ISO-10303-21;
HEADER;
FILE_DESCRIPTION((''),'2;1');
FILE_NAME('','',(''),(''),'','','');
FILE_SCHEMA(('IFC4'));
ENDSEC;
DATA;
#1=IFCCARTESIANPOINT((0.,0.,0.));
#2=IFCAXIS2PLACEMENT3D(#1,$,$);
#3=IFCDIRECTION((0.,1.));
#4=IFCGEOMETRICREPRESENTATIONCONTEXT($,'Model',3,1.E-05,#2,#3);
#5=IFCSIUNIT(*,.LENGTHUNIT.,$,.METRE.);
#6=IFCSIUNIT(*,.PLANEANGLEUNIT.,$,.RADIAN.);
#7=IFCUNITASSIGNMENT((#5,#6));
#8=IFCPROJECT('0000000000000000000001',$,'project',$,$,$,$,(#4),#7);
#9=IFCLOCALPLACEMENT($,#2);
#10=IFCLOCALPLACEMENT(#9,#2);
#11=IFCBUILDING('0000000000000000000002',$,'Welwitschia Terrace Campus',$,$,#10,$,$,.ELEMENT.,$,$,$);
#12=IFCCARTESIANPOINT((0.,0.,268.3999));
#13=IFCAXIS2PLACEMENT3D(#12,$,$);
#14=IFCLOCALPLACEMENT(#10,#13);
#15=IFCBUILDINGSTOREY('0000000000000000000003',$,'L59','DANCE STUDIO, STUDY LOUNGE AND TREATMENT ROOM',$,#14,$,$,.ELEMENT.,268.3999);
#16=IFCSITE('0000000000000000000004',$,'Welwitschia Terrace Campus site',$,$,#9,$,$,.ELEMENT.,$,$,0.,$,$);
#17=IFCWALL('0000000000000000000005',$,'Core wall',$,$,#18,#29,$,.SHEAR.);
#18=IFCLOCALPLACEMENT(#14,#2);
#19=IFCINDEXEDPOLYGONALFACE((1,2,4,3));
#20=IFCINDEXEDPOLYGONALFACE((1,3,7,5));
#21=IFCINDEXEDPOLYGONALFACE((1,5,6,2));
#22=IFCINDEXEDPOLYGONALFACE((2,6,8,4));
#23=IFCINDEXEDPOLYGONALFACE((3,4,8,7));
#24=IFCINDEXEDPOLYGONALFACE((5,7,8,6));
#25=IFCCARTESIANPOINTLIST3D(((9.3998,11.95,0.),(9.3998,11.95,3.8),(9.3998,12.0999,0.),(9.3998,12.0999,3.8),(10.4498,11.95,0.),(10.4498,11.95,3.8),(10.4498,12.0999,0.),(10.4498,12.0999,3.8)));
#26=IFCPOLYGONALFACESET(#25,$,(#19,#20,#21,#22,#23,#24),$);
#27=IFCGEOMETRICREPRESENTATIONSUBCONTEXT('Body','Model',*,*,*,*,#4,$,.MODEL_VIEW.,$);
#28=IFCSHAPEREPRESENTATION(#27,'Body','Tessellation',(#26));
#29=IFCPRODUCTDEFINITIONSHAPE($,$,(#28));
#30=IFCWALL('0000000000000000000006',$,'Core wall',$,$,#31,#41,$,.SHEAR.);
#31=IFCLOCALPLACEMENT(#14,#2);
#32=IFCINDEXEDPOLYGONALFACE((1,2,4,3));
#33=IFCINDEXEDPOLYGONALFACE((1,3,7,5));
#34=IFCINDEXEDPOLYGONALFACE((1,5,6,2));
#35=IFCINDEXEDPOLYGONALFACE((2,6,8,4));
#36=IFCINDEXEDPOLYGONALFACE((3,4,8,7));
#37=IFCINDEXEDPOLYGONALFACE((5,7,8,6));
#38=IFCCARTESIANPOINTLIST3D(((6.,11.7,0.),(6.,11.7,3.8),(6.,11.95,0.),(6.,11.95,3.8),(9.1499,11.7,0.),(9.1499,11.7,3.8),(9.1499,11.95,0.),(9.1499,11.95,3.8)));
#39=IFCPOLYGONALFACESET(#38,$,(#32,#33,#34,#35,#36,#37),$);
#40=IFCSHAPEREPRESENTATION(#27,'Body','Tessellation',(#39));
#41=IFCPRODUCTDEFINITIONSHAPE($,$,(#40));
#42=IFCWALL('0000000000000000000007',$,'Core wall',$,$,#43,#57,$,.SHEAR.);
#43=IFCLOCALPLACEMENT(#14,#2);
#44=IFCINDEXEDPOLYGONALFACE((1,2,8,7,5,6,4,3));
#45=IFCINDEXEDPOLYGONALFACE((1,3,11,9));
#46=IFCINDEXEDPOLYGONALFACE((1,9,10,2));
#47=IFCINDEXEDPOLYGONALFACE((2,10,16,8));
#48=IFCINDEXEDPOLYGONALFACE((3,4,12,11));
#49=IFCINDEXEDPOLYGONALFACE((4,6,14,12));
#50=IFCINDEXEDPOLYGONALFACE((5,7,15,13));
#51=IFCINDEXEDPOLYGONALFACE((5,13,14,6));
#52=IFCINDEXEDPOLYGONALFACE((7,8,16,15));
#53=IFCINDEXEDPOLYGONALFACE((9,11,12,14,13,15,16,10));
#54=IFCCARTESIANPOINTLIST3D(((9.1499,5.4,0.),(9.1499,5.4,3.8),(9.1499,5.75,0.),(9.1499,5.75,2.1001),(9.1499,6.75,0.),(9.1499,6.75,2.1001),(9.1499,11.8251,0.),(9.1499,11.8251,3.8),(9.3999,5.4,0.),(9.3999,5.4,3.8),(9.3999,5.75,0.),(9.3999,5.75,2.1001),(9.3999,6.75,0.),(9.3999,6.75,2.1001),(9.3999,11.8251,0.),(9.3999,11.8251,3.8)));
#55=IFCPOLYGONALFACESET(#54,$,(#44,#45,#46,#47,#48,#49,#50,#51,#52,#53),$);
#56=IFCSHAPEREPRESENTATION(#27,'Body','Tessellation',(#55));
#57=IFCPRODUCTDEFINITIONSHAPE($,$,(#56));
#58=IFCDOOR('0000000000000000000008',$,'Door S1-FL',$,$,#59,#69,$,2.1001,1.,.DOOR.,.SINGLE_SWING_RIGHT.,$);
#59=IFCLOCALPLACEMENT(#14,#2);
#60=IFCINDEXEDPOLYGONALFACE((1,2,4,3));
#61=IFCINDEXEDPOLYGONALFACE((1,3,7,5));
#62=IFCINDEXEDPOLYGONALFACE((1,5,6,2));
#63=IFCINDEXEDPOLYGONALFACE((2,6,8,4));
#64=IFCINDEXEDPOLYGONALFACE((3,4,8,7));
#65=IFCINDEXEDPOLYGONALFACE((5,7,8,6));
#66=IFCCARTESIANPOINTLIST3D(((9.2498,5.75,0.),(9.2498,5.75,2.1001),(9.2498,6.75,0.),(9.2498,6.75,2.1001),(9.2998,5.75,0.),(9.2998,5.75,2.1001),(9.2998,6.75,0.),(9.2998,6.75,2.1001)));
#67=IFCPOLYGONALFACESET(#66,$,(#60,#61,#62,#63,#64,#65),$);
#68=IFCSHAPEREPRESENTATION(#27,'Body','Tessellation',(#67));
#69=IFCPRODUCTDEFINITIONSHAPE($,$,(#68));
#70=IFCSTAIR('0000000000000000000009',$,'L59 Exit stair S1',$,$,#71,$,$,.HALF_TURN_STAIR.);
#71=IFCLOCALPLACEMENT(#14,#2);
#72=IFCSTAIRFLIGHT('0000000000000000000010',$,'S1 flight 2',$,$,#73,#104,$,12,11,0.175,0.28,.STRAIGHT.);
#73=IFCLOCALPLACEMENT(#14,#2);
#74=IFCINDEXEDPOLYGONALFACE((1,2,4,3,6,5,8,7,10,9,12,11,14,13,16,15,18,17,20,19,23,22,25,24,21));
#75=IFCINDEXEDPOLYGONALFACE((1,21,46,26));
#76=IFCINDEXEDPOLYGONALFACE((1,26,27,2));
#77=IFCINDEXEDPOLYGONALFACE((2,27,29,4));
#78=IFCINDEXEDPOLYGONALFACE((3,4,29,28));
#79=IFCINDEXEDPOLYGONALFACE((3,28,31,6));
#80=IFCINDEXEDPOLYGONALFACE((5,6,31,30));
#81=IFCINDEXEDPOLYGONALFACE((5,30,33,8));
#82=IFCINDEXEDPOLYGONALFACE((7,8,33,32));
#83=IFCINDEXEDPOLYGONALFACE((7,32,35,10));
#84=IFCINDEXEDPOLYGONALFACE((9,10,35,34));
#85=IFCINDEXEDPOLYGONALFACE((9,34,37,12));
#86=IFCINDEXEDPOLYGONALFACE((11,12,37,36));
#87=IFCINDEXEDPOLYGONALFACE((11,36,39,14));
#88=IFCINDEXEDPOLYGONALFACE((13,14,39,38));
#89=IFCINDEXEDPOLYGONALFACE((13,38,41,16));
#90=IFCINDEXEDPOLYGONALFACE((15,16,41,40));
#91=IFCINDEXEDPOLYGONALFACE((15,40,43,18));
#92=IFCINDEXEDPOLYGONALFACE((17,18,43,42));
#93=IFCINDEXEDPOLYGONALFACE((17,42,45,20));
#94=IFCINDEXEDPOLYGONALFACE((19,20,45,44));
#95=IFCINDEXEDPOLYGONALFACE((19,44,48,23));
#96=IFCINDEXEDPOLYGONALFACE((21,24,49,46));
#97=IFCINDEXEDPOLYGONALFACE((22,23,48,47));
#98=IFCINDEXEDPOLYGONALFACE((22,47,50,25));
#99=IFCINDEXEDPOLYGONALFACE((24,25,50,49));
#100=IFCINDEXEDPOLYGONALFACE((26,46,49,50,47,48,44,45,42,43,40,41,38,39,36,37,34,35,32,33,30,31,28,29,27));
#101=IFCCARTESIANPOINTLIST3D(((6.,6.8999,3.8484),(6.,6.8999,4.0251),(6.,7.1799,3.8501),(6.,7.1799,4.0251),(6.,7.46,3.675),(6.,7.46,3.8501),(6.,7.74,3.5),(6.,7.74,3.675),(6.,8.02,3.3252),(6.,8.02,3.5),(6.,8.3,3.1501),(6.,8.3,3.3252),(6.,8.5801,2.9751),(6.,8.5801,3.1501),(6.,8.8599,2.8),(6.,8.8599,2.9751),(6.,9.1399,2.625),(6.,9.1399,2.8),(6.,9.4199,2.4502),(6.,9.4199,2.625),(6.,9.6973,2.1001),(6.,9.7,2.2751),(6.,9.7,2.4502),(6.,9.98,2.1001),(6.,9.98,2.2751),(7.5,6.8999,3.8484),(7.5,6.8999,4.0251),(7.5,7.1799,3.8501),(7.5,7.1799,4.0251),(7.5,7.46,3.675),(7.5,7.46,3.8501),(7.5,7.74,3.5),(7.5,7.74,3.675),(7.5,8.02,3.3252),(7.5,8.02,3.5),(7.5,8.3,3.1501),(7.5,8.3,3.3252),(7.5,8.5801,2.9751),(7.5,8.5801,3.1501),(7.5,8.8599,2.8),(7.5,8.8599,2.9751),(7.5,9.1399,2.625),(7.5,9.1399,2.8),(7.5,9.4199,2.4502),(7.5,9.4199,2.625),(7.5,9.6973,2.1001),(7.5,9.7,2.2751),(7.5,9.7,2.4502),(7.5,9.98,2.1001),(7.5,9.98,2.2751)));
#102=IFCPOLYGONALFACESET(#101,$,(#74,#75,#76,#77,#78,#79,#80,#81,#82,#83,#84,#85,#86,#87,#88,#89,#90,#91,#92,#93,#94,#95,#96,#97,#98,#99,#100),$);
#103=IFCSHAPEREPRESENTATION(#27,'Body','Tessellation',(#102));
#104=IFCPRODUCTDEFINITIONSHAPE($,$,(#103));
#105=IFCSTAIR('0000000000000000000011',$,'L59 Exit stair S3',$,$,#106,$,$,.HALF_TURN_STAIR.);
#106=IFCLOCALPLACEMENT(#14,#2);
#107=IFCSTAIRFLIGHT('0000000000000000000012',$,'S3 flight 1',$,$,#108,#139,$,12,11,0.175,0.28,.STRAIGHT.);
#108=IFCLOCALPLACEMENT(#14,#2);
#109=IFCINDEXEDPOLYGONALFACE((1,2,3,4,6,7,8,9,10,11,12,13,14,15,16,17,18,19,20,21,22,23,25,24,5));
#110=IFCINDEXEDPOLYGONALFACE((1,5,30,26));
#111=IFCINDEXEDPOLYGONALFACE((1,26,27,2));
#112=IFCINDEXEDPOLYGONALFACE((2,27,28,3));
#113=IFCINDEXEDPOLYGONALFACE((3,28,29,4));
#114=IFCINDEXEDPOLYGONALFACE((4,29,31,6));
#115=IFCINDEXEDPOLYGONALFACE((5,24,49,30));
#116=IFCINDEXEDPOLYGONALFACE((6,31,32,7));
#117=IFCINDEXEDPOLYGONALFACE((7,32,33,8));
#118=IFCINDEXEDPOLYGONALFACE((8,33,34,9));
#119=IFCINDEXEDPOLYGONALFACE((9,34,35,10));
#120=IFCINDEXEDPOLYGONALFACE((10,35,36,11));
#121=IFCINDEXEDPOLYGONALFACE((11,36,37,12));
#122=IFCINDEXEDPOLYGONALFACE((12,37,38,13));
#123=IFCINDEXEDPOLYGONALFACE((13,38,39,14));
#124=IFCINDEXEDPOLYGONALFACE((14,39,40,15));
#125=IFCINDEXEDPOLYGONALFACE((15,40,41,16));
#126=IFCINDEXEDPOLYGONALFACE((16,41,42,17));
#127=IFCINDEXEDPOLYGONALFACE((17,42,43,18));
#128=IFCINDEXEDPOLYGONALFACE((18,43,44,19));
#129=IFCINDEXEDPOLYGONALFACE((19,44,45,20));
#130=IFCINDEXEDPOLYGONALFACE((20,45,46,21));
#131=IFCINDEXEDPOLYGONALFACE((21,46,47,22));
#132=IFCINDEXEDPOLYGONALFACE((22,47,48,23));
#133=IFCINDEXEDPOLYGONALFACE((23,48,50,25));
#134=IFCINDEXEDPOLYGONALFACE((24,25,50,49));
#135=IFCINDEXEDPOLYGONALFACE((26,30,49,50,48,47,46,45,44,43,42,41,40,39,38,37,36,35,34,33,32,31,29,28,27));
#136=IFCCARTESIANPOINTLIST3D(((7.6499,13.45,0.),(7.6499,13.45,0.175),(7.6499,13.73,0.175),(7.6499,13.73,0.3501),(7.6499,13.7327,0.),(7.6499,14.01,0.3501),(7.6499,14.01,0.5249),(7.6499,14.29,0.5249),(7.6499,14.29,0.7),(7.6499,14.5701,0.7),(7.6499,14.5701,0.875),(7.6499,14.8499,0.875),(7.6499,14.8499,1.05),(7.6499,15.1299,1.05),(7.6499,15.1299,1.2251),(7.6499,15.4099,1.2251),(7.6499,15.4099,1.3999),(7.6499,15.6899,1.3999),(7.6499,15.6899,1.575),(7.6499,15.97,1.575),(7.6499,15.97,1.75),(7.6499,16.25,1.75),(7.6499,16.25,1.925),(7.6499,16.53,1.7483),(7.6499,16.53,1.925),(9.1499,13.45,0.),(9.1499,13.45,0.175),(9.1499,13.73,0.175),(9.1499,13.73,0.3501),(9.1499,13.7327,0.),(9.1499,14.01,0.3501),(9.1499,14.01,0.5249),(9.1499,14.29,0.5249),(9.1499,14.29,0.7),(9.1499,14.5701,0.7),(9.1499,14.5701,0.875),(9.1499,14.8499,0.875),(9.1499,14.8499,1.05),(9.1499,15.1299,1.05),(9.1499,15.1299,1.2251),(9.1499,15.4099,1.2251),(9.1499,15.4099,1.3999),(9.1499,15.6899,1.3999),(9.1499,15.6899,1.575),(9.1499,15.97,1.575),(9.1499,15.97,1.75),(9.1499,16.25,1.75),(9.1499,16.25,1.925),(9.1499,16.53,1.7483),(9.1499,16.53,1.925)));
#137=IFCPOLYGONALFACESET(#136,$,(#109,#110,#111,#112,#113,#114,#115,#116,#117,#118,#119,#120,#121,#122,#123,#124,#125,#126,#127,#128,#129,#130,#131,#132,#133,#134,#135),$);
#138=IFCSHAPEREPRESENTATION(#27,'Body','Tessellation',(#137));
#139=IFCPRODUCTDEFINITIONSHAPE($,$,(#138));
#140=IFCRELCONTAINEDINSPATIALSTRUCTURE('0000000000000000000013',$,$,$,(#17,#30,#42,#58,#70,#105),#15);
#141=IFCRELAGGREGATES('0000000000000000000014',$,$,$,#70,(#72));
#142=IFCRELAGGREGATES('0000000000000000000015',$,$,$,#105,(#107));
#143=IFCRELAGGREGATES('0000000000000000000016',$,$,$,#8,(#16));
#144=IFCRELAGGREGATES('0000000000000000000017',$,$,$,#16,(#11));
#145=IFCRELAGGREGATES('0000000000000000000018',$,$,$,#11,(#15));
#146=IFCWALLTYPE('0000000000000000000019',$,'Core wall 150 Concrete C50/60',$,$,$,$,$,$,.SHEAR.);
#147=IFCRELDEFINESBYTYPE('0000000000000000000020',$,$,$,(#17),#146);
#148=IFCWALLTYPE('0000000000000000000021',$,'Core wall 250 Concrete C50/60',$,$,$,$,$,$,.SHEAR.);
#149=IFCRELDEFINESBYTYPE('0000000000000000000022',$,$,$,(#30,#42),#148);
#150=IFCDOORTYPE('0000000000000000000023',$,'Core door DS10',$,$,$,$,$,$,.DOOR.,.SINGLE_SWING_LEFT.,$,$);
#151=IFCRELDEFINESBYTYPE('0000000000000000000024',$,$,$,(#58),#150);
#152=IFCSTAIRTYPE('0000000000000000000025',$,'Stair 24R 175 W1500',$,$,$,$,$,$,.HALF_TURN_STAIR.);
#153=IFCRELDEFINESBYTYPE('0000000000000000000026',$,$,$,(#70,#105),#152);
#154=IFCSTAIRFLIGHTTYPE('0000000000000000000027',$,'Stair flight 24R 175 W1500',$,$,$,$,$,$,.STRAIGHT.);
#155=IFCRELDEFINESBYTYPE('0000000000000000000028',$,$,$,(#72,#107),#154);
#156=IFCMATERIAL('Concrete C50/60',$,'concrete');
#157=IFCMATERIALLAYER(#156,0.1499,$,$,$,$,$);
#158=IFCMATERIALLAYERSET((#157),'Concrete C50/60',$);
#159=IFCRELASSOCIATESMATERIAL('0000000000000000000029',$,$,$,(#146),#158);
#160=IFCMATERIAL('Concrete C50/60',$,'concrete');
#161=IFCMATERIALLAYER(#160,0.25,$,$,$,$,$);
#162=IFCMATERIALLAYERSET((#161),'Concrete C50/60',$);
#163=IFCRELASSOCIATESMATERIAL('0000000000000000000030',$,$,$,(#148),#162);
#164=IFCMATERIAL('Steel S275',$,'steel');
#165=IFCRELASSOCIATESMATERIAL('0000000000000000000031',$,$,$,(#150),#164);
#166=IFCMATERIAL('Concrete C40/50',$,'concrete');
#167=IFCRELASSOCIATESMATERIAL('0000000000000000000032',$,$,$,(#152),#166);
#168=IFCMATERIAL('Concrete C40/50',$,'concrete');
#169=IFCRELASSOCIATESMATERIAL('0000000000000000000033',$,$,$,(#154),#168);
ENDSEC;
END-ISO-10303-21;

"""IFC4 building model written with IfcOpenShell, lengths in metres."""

from ifc_helpers import new_model, si_unit, direction, frame, frame_2d, origin, place, context, subcontext, project, spatial, polyline, rectangle, outline, extrude, material, layer, layer_set, type_object, element, fill, aggregate, save


model = new_model("IFC4")

# Units and contexts
model_context = context("Model", 3, precision=1e-05, world=origin(), true_north=direction((0.0, 1.0)))
body_context = subcontext(model_context, "Body", "Model", "MODEL_VIEW")
ifc_project = project(units=[si_unit("LENGTHUNIT", "METRE"), si_unit("PLANEANGLEUNIT", "RADIAN")], contexts=[model_context])

# Site, building, storey
site_placement = place(None, origin())
site = spatial("IfcSite", under=ifc_project, at=site_placement, Name="Welwitschia Terrace Campus site", CompositionType="ELEMENT", RefElevation=0.0)
building_placement = place(site_placement, origin())
building = spatial("IfcBuilding", under=site, at=building_placement, Name="Welwitschia Terrace Campus", CompositionType="ELEMENT")
storey_placement = place(building_placement, frame((0.0, 0.0, 268.3999)))
storey = spatial("IfcBuildingStorey", under=building, at=storey_placement, Name="L59", Description="DANCE STUDIO, STUDY LOUNGE AND TREATMENT ROOM", CompositionType="ELEMENT", Elevation=268.3999)

# Walls
ifc_material_1 = material(Name="Concrete C50/60", Category="concrete")
ifc_layer_1 = layer(ifc_material_1, 0.1499)
ifc_layer_set_1 = layer_set([ifc_layer_1], Name="Concrete C50/60")
wall_type_1 = type_object("IfcWallType", Name="Core wall 150 Concrete C50/60", PredefinedType="SHEAR", material=ifc_layer_set_1)
for number, where, z_axis, x_axis, name in (
    (1, (9.3999, 12.0249, 0.0), (0.0, 0.0, 1.0), (1.0, 0.0, 0.0), "Core wall"),
):
    element("IfcWall", number, at=place(storey_placement, frame(where, z_axis=z_axis, x_axis=x_axis)), inside=storey, type_object=wall_type_1, Name=name, PredefinedType="SHEAR", context=body_context, shape_type="SweptSolid", body=[
        extrude(rectangle(XDim=1.05, YDim=0.1499, at=frame_2d((0.5249, 0.0))), origin(), (0.0, 0.0, 1.0), 3.8),
    ])
ifc_material_2 = material(Name="Concrete C50/60", Category="concrete")
ifc_layer_2 = layer(ifc_material_2, 0.25)
ifc_layer_set_2 = layer_set([ifc_layer_2], Name="Concrete C50/60")
wall_type_2 = type_object("IfcWallType", Name="Core wall 250 Concrete C50/60", PredefinedType="SHEAR", material=ifc_layer_set_2)
wall_1_placement = place(storey_placement, frame((6.0, 11.825, 0.0), z_axis=(0.0, 0.0, 1.0), x_axis=(1.0, 0.0, 0.0)))
element("IfcWall", 2, at=wall_1_placement, inside=storey, type_object=wall_type_2, Name="Core wall", PredefinedType="SHEAR", context=body_context, shape_type="SweptSolid", body=[
    extrude(rectangle(XDim=3.1499, YDim=0.25, at=frame_2d((1.575, 0.0))), origin(), (0.0, 0.0, 1.0), 3.8),
])

# Wall, opening, door
wall_2_placement = place(storey_placement, frame((9.2749, 11.825, 0.0), z_axis=(0.0, 0.0, 1.0), x_axis=(0.0, -1.0, 0.0)))
wall_2 = element("IfcWall", 3, at=wall_2_placement, inside=storey, type_object=wall_type_2, Name="Core wall", PredefinedType="SHEAR", context=body_context, shape_type="SweptSolid", body=[
    extrude(rectangle(XDim=6.425, YDim=0.25, at=frame_2d((3.2124, 0.0))), origin(), (0.0, 0.0, 1.0), 3.8),
])
opening_placement = place(wall_2_placement, frame((5.075, 0.0, 0.0)))
opening = element("IfcOpeningElement", 4, at=opening_placement, cuts=wall_2, PredefinedType="OPENING", context=body_context, shape_type="SweptSolid", body=[
    extrude(rectangle(XDim=1.0, YDim=2.1001, at=frame_2d((0.5, 1.05))), frame((0.0, 0.135, 0.0), z_axis=(0.0, -1.0, 0.0), x_axis=(1.0, 0.0, 0.0)), (0.0, 0.0, 1.0), 0.27),
])
ifc_material_3 = material(Name="Steel S275", Category="steel")
door_type = type_object("IfcDoorType", Name="Core door DS10", OperationType="SINGLE_SWING_LEFT", PredefinedType="DOOR", material=ifc_material_3)
door_placement = place(opening_placement, origin())
door = element("IfcDoor", 5, at=door_placement, inside=storey, type_object=door_type, Name="Door S1-FL", OperationType="SINGLE_SWING_RIGHT", OverallHeight=2.1001, OverallWidth=1.0, PredefinedType="DOOR", context=body_context, shape_type="SweptSolid", body=[
    extrude(rectangle(XDim=1.0, YDim=2.1001, at=frame_2d((0.5, 1.05))), frame((0.0, 0.0249, 0.0), z_axis=(0.0, -1.0, 0.0), x_axis=(1.0, 0.0, 0.0)), (0.0, 0.0, 1.0), 0.05),
])
fill(opening, door)

# Stairs, stair flights
ifc_material_4 = material(Name="Concrete C40/50", Category="concrete")
stair_type = type_object("IfcStairType", Name="Stair 24R 175 W1500", PredefinedType="HALF_TURN_STAIR", material=ifc_material_4)
stair_1_placement = place(storey_placement, origin())
stair_1 = element("IfcStair", 6, at=stair_1_placement, inside=storey, type_object=stair_type, Name="L59 Exit stair S1", PredefinedType="HALF_TURN_STAIR")
ifc_material_5 = material(Name="Concrete C40/50", Category="concrete")
stair_flight_type = type_object("IfcStairFlightType", Name="Stair flight 24R 175 W1500", PredefinedType="STRAIGHT", material=ifc_material_5)
stair_flight_1_placement = place(storey_placement, frame((6.75, 9.98, 2.1001), z_axis=(0.0, 0.0, 1.0), x_axis=(0.0, -1.0, 0.0)))
stair_flight_1 = element("IfcStairFlight", 7, at=stair_flight_1_placement, type_object=stair_flight_type, Name="S1 flight 2", NumberOfRisers=12, NumberOfTreads=11, PredefinedType="STRAIGHT", RiserHeight=0.175, TreadLength=0.28, context=body_context, shape_type="SweptSolid", body=[
    extrude(outline(polyline([(0.0, 0.0), (0.0, 0.175), (0.28, 0.175), (0.28, 0.3501), (0.5601, 0.3501), (0.5601, 0.5249), (0.8401, 0.5249), (0.8401, 0.7), (1.1201, 0.7), (1.1201, 0.875), (1.3999, 0.875), (1.3999, 1.05), (1.6799, 1.05), (1.6799, 1.2251), (1.96, 1.2251), (1.96, 1.3999), (2.24, 1.3999), (2.24, 1.575), (2.52, 1.575), (2.52, 1.75), (2.8, 1.75), (2.8, 1.925), (3.0801, 1.925), (3.0801, 2.1001), (3.0801, 1.7483), (0.2827, 0.0), (0.0, 0.0)])), frame((0.0, 0.75, 0.0), z_axis=(0.0, -1.0, 0.0), x_axis=(1.0, 0.0, 0.0)), (0.0, 0.0, 1.0), 1.5),
])
aggregate(stair_1, [stair_flight_1])
stair_2_placement = place(storey_placement, origin())
stair_2 = element("IfcStair", 8, at=stair_2_placement, inside=storey, type_object=stair_type, Name="L59 Exit stair S3", PredefinedType="HALF_TURN_STAIR")
stair_flight_2_placement = place(storey_placement, frame((8.3999, 13.45, 0.0), z_axis=(0.0, 0.0, 1.0), x_axis=(0.0, 1.0, 0.0)))
stair_flight_2 = element("IfcStairFlight", 9, at=stair_flight_2_placement, type_object=stair_flight_type, Name="S3 flight 1", NumberOfRisers=12, NumberOfTreads=11, PredefinedType="STRAIGHT", RiserHeight=0.175, TreadLength=0.28, context=body_context, shape_type="SweptSolid", body=[
    extrude(outline(polyline([(0.0, 0.0), (0.0, 0.175), (0.28, 0.175), (0.28, 0.3501), (0.5601, 0.3501), (0.5601, 0.5249), (0.8401, 0.5249), (0.8401, 0.7), (1.1201, 0.7), (1.1201, 0.875), (1.3999, 0.875), (1.3999, 1.05), (1.6799, 1.05), (1.6799, 1.2251), (1.96, 1.2251), (1.96, 1.3999), (2.24, 1.3999), (2.24, 1.575), (2.52, 1.575), (2.52, 1.75), (2.8, 1.75), (2.8, 1.925), (3.0801, 1.925), (3.0801, 2.1001), (3.0801, 1.7483), (0.2827, 0.0), (0.0, 0.0)])), frame((0.0, 0.75, 0.0), z_axis=(0.0, -1.0, 0.0), x_axis=(1.0, 0.0, 0.0)), (0.0, 0.0, 1.0), 1.5),
])
aggregate(stair_2, [stair_flight_2])

save(model, "model.ifc")
